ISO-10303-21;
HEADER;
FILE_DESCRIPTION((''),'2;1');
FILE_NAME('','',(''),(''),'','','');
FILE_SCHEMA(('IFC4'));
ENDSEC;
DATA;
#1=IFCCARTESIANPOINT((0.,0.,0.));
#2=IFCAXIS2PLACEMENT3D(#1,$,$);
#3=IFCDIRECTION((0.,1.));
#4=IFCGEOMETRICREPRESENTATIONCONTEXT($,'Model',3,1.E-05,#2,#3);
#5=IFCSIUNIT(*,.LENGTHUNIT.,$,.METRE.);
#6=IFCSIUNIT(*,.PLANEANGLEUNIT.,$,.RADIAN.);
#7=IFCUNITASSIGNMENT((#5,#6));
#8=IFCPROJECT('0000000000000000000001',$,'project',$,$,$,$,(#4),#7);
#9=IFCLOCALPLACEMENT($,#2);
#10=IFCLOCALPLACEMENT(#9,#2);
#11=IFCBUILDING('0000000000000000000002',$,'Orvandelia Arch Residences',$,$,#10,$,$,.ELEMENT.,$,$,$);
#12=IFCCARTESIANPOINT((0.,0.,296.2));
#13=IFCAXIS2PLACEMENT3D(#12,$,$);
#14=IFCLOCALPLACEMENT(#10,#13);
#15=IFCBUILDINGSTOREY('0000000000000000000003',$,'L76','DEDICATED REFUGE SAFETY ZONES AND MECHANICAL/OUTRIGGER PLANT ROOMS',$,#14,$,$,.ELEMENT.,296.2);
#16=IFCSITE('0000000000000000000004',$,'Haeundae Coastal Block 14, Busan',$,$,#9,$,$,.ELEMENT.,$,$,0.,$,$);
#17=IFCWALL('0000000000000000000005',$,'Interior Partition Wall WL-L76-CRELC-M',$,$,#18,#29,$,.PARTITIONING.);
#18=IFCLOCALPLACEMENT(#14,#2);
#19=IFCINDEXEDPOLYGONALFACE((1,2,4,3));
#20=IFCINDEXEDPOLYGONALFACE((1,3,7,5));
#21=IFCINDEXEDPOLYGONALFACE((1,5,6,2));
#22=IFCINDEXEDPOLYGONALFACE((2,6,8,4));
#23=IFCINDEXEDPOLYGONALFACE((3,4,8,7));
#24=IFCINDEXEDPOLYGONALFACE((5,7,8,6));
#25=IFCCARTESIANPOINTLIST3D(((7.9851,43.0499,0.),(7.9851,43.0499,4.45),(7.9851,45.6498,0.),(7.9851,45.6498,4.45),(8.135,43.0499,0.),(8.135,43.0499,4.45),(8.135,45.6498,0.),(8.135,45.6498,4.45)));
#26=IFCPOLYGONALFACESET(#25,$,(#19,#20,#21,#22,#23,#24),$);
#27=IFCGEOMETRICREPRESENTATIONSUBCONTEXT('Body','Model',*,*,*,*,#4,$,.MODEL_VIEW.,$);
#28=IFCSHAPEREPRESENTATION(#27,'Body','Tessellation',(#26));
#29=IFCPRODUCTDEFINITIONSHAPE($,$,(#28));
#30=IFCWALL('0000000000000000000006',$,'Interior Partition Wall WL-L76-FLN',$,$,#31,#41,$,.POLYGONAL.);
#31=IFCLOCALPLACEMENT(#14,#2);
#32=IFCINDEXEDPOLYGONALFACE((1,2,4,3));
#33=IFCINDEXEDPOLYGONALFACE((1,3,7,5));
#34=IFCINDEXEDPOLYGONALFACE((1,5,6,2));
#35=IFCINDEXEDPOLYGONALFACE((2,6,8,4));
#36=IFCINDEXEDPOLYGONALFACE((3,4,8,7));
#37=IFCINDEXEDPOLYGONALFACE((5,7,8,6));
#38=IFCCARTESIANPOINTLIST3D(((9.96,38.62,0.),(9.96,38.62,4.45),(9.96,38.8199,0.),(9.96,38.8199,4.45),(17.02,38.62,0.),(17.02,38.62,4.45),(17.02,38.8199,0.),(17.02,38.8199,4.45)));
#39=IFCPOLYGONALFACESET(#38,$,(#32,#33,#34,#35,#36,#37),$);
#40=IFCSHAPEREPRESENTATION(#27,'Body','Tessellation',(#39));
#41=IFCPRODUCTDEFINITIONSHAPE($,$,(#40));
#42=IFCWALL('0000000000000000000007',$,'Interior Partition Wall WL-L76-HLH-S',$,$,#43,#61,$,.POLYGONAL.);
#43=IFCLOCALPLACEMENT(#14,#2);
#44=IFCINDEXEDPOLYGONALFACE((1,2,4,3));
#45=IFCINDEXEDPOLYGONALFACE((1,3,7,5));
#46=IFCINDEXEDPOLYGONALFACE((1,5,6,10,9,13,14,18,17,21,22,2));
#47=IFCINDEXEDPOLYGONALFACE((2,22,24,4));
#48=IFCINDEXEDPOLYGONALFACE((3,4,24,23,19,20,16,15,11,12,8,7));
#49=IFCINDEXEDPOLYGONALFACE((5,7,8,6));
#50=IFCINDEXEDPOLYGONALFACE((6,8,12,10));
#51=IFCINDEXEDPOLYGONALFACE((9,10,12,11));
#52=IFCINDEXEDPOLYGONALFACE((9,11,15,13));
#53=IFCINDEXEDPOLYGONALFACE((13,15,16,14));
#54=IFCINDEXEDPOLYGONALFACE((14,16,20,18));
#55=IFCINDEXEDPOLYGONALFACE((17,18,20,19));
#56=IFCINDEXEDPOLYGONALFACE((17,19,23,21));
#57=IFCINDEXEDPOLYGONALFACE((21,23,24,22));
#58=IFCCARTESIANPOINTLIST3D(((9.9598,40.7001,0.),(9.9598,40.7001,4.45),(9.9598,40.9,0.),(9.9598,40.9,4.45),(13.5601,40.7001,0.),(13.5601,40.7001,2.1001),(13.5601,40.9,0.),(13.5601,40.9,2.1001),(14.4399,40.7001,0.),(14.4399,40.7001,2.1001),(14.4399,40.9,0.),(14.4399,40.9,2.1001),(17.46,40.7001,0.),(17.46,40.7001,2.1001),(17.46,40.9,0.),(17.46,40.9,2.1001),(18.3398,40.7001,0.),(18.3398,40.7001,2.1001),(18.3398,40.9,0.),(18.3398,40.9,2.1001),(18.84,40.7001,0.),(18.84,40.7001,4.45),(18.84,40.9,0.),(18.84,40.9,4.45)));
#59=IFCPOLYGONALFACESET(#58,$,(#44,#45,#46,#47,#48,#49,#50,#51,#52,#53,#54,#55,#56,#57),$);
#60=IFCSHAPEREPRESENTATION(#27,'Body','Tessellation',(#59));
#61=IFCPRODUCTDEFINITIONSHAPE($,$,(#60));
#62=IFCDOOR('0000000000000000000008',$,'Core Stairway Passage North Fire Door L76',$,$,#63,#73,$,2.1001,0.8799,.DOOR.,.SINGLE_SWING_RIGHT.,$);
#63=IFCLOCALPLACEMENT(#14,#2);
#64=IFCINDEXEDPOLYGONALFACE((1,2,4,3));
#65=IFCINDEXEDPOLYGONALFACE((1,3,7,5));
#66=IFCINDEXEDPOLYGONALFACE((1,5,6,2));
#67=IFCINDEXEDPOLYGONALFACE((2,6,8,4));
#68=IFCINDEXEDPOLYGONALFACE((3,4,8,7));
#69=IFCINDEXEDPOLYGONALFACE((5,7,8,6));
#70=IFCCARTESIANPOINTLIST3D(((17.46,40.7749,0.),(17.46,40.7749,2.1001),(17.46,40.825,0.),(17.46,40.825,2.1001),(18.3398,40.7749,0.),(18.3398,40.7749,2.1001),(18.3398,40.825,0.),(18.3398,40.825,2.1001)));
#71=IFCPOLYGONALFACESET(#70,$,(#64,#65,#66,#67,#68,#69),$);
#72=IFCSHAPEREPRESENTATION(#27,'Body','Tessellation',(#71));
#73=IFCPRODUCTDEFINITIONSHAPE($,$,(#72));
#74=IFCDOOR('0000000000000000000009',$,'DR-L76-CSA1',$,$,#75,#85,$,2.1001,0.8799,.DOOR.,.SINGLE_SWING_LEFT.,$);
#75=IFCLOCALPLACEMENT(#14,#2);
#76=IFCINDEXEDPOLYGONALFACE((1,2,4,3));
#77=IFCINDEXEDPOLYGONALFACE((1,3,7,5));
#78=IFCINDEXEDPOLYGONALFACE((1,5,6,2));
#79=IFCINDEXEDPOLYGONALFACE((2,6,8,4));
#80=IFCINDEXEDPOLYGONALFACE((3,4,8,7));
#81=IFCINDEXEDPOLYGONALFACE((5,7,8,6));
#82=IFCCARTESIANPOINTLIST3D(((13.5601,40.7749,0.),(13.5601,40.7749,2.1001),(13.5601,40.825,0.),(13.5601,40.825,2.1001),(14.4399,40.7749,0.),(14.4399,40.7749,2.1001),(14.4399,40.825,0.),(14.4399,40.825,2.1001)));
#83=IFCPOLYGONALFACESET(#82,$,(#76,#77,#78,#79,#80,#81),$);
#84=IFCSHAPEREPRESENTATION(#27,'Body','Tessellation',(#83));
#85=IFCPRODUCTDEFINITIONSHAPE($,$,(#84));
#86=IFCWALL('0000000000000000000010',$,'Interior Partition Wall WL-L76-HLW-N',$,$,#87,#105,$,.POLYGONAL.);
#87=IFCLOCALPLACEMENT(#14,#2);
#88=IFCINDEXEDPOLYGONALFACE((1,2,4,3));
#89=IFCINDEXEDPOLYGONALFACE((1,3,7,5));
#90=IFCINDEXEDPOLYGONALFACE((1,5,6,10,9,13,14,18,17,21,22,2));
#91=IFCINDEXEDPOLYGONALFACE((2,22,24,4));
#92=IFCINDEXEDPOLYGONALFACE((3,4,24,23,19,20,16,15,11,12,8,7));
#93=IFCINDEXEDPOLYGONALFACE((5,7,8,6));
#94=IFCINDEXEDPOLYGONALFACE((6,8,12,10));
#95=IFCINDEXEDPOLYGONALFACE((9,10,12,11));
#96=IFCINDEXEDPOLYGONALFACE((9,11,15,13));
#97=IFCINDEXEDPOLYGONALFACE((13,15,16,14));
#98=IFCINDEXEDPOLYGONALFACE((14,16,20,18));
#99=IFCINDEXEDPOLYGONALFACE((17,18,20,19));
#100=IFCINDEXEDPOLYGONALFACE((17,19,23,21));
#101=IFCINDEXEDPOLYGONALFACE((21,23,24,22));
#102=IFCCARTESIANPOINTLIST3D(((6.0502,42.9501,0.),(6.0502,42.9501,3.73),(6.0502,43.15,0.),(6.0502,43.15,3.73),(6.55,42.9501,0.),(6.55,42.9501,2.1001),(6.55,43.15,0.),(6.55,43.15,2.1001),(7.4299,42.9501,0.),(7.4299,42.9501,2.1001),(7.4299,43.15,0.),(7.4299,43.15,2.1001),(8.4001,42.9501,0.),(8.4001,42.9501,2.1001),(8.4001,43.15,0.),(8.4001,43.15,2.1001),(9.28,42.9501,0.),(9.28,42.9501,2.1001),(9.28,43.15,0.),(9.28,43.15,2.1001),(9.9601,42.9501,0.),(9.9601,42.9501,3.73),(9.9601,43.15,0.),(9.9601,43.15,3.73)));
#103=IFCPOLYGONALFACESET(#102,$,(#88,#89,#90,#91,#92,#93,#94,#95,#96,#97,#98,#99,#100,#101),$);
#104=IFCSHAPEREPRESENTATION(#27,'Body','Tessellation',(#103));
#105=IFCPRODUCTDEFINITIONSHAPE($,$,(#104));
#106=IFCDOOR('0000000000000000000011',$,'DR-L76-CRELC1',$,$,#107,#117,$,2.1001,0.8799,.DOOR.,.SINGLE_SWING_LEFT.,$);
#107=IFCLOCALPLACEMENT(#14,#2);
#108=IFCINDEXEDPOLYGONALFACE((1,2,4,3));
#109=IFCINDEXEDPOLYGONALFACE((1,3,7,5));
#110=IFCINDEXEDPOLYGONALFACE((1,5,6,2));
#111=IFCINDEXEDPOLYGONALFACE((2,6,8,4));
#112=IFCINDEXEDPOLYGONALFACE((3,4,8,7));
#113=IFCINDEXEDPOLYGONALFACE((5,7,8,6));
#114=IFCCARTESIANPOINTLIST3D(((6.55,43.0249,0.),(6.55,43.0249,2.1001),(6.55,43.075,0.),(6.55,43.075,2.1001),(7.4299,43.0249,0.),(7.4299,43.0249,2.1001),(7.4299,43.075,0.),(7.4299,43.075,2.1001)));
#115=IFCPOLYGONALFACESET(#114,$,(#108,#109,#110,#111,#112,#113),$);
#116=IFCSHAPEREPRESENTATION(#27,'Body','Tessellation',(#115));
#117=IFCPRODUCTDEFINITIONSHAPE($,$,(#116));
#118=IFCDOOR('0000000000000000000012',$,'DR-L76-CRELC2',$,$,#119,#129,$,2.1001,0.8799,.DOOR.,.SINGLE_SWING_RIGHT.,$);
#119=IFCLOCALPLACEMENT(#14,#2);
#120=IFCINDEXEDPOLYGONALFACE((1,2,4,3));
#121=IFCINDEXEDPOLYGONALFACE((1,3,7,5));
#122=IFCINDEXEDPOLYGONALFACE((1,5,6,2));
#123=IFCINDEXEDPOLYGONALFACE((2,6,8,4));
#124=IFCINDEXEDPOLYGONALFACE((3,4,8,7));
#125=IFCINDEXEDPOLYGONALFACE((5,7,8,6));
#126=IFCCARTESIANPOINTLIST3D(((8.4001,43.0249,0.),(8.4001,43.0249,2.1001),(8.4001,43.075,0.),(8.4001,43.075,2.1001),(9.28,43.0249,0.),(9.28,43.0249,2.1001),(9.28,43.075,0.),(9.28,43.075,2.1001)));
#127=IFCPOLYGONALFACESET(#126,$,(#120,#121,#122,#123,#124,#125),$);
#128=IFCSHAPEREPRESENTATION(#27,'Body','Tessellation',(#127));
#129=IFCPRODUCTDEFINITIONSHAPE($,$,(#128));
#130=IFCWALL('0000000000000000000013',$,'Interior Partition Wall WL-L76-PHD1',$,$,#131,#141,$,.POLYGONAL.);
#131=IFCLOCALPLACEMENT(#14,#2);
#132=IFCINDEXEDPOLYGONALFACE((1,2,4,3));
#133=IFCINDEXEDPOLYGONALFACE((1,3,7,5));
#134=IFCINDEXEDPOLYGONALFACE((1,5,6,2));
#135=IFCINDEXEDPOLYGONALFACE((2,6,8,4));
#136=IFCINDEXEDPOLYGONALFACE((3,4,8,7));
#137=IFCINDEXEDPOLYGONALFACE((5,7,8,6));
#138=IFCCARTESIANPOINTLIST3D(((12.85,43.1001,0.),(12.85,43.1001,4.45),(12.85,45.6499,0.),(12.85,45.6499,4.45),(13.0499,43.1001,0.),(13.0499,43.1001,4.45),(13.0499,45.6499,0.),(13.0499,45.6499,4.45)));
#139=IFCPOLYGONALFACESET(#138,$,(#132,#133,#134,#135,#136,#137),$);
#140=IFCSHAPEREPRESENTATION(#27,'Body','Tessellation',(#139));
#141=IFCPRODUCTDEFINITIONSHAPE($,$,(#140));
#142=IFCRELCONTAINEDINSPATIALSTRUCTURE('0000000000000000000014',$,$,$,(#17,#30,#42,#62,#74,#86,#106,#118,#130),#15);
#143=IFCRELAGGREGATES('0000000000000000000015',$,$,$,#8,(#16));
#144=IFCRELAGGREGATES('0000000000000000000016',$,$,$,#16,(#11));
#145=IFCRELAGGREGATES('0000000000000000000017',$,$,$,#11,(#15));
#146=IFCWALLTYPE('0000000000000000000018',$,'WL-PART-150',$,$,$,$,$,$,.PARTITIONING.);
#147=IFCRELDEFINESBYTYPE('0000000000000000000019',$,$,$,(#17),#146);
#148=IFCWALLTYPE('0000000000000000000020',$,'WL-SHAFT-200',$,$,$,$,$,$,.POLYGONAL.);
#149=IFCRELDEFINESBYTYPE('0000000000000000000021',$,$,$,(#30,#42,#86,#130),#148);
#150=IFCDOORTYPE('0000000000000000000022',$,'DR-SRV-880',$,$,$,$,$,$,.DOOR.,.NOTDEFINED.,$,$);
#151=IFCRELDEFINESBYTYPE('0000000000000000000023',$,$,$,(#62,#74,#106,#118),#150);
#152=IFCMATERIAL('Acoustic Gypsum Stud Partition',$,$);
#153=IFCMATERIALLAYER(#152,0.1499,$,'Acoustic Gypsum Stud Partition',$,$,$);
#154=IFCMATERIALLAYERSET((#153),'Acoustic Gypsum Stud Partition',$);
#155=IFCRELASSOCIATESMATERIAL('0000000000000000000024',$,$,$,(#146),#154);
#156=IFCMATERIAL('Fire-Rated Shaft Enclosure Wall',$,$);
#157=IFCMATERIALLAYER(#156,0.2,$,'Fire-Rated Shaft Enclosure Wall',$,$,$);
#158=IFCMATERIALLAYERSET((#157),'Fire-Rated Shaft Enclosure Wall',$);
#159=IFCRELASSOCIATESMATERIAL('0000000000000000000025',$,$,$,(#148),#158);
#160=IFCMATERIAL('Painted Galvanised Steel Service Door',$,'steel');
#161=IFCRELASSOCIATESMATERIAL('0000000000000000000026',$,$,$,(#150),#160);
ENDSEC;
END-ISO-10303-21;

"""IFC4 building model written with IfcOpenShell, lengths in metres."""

from ifc_helpers import new_model, si_unit, direction, frame, frame_2d, origin, place, context, subcontext, project, spatial, rectangle, extrude, material, layer, layer_set, type_object, element, fill, save


model = new_model("IFC4")

# Units and contexts
model_context = context("Model", 3, precision=1e-05, world=origin(), true_north=direction((0.0, 1.0)))
body_context = subcontext(model_context, "Body", "Model", "MODEL_VIEW")
ifc_project = project(units=[si_unit("LENGTHUNIT", "METRE"), si_unit("PLANEANGLEUNIT", "RADIAN")], contexts=[model_context])

# Site, building, storey
site_placement = place(None, origin())
site = spatial("IfcSite", under=ifc_project, at=site_placement, Name="Haeundae Coastal Block 14, Busan", CompositionType="ELEMENT", RefElevation=0.0)
building_placement = place(site_placement, origin())
building = spatial("IfcBuilding", under=site, at=building_placement, Name="Orvandelia Arch Residences", CompositionType="ELEMENT")
storey_placement = place(building_placement, frame((0.0, 0.0, 296.2)))
storey = spatial("IfcBuildingStorey", under=building, at=storey_placement, Name="L76", Description="DEDICATED REFUGE SAFETY ZONES AND MECHANICAL/OUTRIGGER PLANT ROOMS", CompositionType="ELEMENT", Elevation=296.2)

# Walls
ifc_material_1 = material(Name="Acoustic Gypsum Stud Partition")
ifc_layer_1 = layer(ifc_material_1, 0.1499, Name="Acoustic Gypsum Stud Partition")
ifc_layer_set_1 = layer_set([ifc_layer_1], Name="Acoustic Gypsum Stud Partition")
wall_type_1 = type_object("IfcWallType", Name="WL-PART-150", PredefinedType="PARTITIONING", material=ifc_layer_set_1)
wall_1_placement = place(storey_placement, frame((8.0601, 43.05, 0.0), z_axis=(0.0, 0.0, 1.0), x_axis=(0.0, 1.0, 0.0)))
element("IfcWall", 1, at=wall_1_placement, inside=storey, type_object=wall_type_1, Name="Interior Partition Wall WL-L76-CRELC-M", PredefinedType="PARTITIONING", context=body_context, shape_type="SweptSolid", body=[
    extrude(rectangle(XDim=2.5999, YDim=0.1499, at=frame_2d((1.2998, 0.0))), origin(), (0.0, 0.0, 1.0), 4.45),
])
ifc_material_2 = material(Name="Fire-Rated Shaft Enclosure Wall")
ifc_layer_2 = layer(ifc_material_2, 0.2, Name="Fire-Rated Shaft Enclosure Wall")
ifc_layer_set_2 = layer_set([ifc_layer_2], Name="Fire-Rated Shaft Enclosure Wall")
wall_type_2 = type_object("IfcWallType", Name="WL-SHAFT-200", PredefinedType="POLYGONAL", material=ifc_layer_set_2)
wall_2_placement = place(storey_placement, frame((9.96, 38.72, 0.0), z_axis=(0.0, 0.0, 1.0), x_axis=(1.0, 0.0, 0.0)))
element("IfcWall", 2, at=wall_2_placement, inside=storey, type_object=wall_type_2, Name="Interior Partition Wall WL-L76-FLN", PredefinedType="POLYGONAL", context=body_context, shape_type="SweptSolid", body=[
    extrude(rectangle(XDim=7.0601, YDim=0.2, at=frame_2d((3.53, 0.0))), origin(), (0.0, 0.0, 1.0), 4.45),
])

# Walls, openings, doors
wall_3_placement = place(storey_placement, frame((9.96, 40.8, 0.0), z_axis=(0.0, 0.0, 1.0), x_axis=(1.0, 0.0, 0.0)))
wall_3 = element("IfcWall", 3, at=wall_3_placement, inside=storey, type_object=wall_type_2, Name="Interior Partition Wall WL-L76-HLH-S", PredefinedType="POLYGONAL", context=body_context, shape_type="SweptSolid", body=[
    extrude(rectangle(XDim=8.8801, YDim=0.2, at=frame_2d((4.4399, 0.0))), origin(), (0.0, 0.0, 1.0), 4.45),
])
opening_1_placement = place(wall_3_placement, frame((7.5, 0.0, 0.0)))
opening_1 = element("IfcOpeningElement", 4, at=opening_1_placement, cuts=wall_3, PredefinedType="OPENING", context=body_context, shape_type="SweptSolid", body=[
    extrude(rectangle(XDim=0.8799, YDim=2.1001, at=frame_2d((0.4399, 1.05))), frame((0.0, 0.1099, 0.0), z_axis=(0.0, -1.0, 0.0), x_axis=(1.0, 0.0, 0.0)), (0.0, 0.0, 1.0), 0.22),
])
opening_2_placement = place(wall_3_placement, frame((3.6001, 0.0, 0.0)))
opening_2 = element("IfcOpeningElement", 5, at=opening_2_placement, cuts=wall_3, PredefinedType="OPENING", context=body_context, shape_type="SweptSolid", body=[
    extrude(rectangle(XDim=0.8799, YDim=2.1001, at=frame_2d((0.4399, 1.05))), frame((0.0, 0.1099, 0.0), z_axis=(0.0, -1.0, 0.0), x_axis=(1.0, 0.0, 0.0)), (0.0, 0.0, 1.0), 0.22),
])
ifc_material_3 = material(Name="Painted Galvanised Steel Service Door", Category="steel")
door_type = type_object("IfcDoorType", Name="DR-SRV-880", OperationType="NOTDEFINED", PredefinedType="DOOR", material=ifc_material_3)
door_1_placement = place(opening_1_placement, origin())
door_1 = element("IfcDoor", 6, at=door_1_placement, inside=storey, type_object=door_type, Name="Core Stairway Passage North Fire Door L76", OperationType="SINGLE_SWING_RIGHT", OverallHeight=2.1001, OverallWidth=0.8799, PredefinedType="DOOR", context=body_context, shape_type="SweptSolid", body=[
    extrude(rectangle(XDim=0.8799, YDim=2.1001, at=frame_2d((0.4399, 1.05))), frame((0.0, 0.0249, 0.0), z_axis=(0.0, -1.0, 0.0), x_axis=(1.0, 0.0, 0.0)), (0.0, 0.0, 1.0), 0.05),
])
fill(opening_1, door_1)
door_2_placement = place(opening_2_placement, origin())
door_2 = element("IfcDoor", 7, at=door_2_placement, inside=storey, type_object=door_type, Name="DR-L76-CSA1", OperationType="SINGLE_SWING_LEFT", OverallHeight=2.1001, OverallWidth=0.8799, PredefinedType="DOOR", context=body_context, shape_type="SweptSolid", body=[
    extrude(rectangle(XDim=0.8799, YDim=2.1001, at=frame_2d((0.4399, 1.05))), frame((0.0, 0.0249, 0.0), z_axis=(0.0, -1.0, 0.0), x_axis=(1.0, 0.0, 0.0)), (0.0, 0.0, 1.0), 0.05),
])
fill(opening_2, door_2)
wall_4_placement = place(storey_placement, frame((6.05, 43.05, 0.0), z_axis=(0.0, 0.0, 1.0), x_axis=(1.0, 0.0, 0.0)))
wall_4 = element("IfcWall", 8, at=wall_4_placement, inside=storey, type_object=wall_type_2, Name="Interior Partition Wall WL-L76-HLW-N", PredefinedType="POLYGONAL", context=body_context, shape_type="SweptSolid", body=[
    extrude(rectangle(XDim=3.9099, YDim=0.2, at=frame_2d((1.9551, 0.0))), origin(), (0.0, 0.0, 1.0), 3.73),
])
opening_3_placement = place(wall_4_placement, frame((0.5, 0.0, 0.0)))
opening_3 = element("IfcOpeningElement", 9, at=opening_3_placement, cuts=wall_4, PredefinedType="OPENING", context=body_context, shape_type="SweptSolid", body=[
    extrude(rectangle(XDim=0.8799, YDim=2.1001, at=frame_2d((0.4399, 1.05))), frame((0.0, 0.1099, 0.0), z_axis=(0.0, -1.0, 0.0), x_axis=(1.0, 0.0, 0.0)), (0.0, 0.0, 1.0), 0.22),
])
opening_4_placement = place(wall_4_placement, frame((2.3501, 0.0, 0.0)))
opening_4 = element("IfcOpeningElement", 10, at=opening_4_placement, cuts=wall_4, PredefinedType="OPENING", context=body_context, shape_type="SweptSolid", body=[
    extrude(rectangle(XDim=0.8799, YDim=2.1001, at=frame_2d((0.4399, 1.05))), frame((0.0, 0.1099, 0.0), z_axis=(0.0, -1.0, 0.0), x_axis=(1.0, 0.0, 0.0)), (0.0, 0.0, 1.0), 0.22),
])
door_3_placement = place(opening_3_placement, origin())
door_3 = element("IfcDoor", 11, at=door_3_placement, inside=storey, type_object=door_type, Name="DR-L76-CRELC1", OperationType="SINGLE_SWING_LEFT", OverallHeight=2.1001, OverallWidth=0.8799, PredefinedType="DOOR", context=body_context, shape_type="SweptSolid", body=[
    extrude(rectangle(XDim=0.8799, YDim=2.1001, at=frame_2d((0.4399, 1.05))), frame((0.0, 0.0249, 0.0), z_axis=(0.0, -1.0, 0.0), x_axis=(1.0, 0.0, 0.0)), (0.0, 0.0, 1.0), 0.05),
])
fill(opening_3, door_3)
door_4_placement = place(opening_4_placement, origin())
door_4 = element("IfcDoor", 12, at=door_4_placement, inside=storey, type_object=door_type, Name="DR-L76-CRELC2", OperationType="SINGLE_SWING_RIGHT", OverallHeight=2.1001, OverallWidth=0.8799, PredefinedType="DOOR", context=body_context, shape_type="SweptSolid", body=[
    extrude(rectangle(XDim=0.8799, YDim=2.1001, at=frame_2d((0.4399, 1.05))), frame((0.0, 0.0249, 0.0), z_axis=(0.0, -1.0, 0.0), x_axis=(1.0, 0.0, 0.0)), (0.0, 0.0, 1.0), 0.05),
])
fill(opening_4, door_4)

# Wall
wall_5_placement = place(storey_placement, frame((12.95, 43.1001, 0.0), z_axis=(0.0, 0.0, 1.0), x_axis=(0.0, 1.0, 0.0)))
element("IfcWall", 13, at=wall_5_placement, inside=storey, type_object=wall_type_2, Name="Interior Partition Wall WL-L76-PHD1", PredefinedType="POLYGONAL", context=body_context, shape_type="SweptSolid", body=[
    extrude(rectangle(XDim=2.5498, YDim=0.2, at=frame_2d((1.2749, 0.0))), origin(), (0.0, 0.0, 1.0), 4.45),
])

save(model, "model.ifc")
